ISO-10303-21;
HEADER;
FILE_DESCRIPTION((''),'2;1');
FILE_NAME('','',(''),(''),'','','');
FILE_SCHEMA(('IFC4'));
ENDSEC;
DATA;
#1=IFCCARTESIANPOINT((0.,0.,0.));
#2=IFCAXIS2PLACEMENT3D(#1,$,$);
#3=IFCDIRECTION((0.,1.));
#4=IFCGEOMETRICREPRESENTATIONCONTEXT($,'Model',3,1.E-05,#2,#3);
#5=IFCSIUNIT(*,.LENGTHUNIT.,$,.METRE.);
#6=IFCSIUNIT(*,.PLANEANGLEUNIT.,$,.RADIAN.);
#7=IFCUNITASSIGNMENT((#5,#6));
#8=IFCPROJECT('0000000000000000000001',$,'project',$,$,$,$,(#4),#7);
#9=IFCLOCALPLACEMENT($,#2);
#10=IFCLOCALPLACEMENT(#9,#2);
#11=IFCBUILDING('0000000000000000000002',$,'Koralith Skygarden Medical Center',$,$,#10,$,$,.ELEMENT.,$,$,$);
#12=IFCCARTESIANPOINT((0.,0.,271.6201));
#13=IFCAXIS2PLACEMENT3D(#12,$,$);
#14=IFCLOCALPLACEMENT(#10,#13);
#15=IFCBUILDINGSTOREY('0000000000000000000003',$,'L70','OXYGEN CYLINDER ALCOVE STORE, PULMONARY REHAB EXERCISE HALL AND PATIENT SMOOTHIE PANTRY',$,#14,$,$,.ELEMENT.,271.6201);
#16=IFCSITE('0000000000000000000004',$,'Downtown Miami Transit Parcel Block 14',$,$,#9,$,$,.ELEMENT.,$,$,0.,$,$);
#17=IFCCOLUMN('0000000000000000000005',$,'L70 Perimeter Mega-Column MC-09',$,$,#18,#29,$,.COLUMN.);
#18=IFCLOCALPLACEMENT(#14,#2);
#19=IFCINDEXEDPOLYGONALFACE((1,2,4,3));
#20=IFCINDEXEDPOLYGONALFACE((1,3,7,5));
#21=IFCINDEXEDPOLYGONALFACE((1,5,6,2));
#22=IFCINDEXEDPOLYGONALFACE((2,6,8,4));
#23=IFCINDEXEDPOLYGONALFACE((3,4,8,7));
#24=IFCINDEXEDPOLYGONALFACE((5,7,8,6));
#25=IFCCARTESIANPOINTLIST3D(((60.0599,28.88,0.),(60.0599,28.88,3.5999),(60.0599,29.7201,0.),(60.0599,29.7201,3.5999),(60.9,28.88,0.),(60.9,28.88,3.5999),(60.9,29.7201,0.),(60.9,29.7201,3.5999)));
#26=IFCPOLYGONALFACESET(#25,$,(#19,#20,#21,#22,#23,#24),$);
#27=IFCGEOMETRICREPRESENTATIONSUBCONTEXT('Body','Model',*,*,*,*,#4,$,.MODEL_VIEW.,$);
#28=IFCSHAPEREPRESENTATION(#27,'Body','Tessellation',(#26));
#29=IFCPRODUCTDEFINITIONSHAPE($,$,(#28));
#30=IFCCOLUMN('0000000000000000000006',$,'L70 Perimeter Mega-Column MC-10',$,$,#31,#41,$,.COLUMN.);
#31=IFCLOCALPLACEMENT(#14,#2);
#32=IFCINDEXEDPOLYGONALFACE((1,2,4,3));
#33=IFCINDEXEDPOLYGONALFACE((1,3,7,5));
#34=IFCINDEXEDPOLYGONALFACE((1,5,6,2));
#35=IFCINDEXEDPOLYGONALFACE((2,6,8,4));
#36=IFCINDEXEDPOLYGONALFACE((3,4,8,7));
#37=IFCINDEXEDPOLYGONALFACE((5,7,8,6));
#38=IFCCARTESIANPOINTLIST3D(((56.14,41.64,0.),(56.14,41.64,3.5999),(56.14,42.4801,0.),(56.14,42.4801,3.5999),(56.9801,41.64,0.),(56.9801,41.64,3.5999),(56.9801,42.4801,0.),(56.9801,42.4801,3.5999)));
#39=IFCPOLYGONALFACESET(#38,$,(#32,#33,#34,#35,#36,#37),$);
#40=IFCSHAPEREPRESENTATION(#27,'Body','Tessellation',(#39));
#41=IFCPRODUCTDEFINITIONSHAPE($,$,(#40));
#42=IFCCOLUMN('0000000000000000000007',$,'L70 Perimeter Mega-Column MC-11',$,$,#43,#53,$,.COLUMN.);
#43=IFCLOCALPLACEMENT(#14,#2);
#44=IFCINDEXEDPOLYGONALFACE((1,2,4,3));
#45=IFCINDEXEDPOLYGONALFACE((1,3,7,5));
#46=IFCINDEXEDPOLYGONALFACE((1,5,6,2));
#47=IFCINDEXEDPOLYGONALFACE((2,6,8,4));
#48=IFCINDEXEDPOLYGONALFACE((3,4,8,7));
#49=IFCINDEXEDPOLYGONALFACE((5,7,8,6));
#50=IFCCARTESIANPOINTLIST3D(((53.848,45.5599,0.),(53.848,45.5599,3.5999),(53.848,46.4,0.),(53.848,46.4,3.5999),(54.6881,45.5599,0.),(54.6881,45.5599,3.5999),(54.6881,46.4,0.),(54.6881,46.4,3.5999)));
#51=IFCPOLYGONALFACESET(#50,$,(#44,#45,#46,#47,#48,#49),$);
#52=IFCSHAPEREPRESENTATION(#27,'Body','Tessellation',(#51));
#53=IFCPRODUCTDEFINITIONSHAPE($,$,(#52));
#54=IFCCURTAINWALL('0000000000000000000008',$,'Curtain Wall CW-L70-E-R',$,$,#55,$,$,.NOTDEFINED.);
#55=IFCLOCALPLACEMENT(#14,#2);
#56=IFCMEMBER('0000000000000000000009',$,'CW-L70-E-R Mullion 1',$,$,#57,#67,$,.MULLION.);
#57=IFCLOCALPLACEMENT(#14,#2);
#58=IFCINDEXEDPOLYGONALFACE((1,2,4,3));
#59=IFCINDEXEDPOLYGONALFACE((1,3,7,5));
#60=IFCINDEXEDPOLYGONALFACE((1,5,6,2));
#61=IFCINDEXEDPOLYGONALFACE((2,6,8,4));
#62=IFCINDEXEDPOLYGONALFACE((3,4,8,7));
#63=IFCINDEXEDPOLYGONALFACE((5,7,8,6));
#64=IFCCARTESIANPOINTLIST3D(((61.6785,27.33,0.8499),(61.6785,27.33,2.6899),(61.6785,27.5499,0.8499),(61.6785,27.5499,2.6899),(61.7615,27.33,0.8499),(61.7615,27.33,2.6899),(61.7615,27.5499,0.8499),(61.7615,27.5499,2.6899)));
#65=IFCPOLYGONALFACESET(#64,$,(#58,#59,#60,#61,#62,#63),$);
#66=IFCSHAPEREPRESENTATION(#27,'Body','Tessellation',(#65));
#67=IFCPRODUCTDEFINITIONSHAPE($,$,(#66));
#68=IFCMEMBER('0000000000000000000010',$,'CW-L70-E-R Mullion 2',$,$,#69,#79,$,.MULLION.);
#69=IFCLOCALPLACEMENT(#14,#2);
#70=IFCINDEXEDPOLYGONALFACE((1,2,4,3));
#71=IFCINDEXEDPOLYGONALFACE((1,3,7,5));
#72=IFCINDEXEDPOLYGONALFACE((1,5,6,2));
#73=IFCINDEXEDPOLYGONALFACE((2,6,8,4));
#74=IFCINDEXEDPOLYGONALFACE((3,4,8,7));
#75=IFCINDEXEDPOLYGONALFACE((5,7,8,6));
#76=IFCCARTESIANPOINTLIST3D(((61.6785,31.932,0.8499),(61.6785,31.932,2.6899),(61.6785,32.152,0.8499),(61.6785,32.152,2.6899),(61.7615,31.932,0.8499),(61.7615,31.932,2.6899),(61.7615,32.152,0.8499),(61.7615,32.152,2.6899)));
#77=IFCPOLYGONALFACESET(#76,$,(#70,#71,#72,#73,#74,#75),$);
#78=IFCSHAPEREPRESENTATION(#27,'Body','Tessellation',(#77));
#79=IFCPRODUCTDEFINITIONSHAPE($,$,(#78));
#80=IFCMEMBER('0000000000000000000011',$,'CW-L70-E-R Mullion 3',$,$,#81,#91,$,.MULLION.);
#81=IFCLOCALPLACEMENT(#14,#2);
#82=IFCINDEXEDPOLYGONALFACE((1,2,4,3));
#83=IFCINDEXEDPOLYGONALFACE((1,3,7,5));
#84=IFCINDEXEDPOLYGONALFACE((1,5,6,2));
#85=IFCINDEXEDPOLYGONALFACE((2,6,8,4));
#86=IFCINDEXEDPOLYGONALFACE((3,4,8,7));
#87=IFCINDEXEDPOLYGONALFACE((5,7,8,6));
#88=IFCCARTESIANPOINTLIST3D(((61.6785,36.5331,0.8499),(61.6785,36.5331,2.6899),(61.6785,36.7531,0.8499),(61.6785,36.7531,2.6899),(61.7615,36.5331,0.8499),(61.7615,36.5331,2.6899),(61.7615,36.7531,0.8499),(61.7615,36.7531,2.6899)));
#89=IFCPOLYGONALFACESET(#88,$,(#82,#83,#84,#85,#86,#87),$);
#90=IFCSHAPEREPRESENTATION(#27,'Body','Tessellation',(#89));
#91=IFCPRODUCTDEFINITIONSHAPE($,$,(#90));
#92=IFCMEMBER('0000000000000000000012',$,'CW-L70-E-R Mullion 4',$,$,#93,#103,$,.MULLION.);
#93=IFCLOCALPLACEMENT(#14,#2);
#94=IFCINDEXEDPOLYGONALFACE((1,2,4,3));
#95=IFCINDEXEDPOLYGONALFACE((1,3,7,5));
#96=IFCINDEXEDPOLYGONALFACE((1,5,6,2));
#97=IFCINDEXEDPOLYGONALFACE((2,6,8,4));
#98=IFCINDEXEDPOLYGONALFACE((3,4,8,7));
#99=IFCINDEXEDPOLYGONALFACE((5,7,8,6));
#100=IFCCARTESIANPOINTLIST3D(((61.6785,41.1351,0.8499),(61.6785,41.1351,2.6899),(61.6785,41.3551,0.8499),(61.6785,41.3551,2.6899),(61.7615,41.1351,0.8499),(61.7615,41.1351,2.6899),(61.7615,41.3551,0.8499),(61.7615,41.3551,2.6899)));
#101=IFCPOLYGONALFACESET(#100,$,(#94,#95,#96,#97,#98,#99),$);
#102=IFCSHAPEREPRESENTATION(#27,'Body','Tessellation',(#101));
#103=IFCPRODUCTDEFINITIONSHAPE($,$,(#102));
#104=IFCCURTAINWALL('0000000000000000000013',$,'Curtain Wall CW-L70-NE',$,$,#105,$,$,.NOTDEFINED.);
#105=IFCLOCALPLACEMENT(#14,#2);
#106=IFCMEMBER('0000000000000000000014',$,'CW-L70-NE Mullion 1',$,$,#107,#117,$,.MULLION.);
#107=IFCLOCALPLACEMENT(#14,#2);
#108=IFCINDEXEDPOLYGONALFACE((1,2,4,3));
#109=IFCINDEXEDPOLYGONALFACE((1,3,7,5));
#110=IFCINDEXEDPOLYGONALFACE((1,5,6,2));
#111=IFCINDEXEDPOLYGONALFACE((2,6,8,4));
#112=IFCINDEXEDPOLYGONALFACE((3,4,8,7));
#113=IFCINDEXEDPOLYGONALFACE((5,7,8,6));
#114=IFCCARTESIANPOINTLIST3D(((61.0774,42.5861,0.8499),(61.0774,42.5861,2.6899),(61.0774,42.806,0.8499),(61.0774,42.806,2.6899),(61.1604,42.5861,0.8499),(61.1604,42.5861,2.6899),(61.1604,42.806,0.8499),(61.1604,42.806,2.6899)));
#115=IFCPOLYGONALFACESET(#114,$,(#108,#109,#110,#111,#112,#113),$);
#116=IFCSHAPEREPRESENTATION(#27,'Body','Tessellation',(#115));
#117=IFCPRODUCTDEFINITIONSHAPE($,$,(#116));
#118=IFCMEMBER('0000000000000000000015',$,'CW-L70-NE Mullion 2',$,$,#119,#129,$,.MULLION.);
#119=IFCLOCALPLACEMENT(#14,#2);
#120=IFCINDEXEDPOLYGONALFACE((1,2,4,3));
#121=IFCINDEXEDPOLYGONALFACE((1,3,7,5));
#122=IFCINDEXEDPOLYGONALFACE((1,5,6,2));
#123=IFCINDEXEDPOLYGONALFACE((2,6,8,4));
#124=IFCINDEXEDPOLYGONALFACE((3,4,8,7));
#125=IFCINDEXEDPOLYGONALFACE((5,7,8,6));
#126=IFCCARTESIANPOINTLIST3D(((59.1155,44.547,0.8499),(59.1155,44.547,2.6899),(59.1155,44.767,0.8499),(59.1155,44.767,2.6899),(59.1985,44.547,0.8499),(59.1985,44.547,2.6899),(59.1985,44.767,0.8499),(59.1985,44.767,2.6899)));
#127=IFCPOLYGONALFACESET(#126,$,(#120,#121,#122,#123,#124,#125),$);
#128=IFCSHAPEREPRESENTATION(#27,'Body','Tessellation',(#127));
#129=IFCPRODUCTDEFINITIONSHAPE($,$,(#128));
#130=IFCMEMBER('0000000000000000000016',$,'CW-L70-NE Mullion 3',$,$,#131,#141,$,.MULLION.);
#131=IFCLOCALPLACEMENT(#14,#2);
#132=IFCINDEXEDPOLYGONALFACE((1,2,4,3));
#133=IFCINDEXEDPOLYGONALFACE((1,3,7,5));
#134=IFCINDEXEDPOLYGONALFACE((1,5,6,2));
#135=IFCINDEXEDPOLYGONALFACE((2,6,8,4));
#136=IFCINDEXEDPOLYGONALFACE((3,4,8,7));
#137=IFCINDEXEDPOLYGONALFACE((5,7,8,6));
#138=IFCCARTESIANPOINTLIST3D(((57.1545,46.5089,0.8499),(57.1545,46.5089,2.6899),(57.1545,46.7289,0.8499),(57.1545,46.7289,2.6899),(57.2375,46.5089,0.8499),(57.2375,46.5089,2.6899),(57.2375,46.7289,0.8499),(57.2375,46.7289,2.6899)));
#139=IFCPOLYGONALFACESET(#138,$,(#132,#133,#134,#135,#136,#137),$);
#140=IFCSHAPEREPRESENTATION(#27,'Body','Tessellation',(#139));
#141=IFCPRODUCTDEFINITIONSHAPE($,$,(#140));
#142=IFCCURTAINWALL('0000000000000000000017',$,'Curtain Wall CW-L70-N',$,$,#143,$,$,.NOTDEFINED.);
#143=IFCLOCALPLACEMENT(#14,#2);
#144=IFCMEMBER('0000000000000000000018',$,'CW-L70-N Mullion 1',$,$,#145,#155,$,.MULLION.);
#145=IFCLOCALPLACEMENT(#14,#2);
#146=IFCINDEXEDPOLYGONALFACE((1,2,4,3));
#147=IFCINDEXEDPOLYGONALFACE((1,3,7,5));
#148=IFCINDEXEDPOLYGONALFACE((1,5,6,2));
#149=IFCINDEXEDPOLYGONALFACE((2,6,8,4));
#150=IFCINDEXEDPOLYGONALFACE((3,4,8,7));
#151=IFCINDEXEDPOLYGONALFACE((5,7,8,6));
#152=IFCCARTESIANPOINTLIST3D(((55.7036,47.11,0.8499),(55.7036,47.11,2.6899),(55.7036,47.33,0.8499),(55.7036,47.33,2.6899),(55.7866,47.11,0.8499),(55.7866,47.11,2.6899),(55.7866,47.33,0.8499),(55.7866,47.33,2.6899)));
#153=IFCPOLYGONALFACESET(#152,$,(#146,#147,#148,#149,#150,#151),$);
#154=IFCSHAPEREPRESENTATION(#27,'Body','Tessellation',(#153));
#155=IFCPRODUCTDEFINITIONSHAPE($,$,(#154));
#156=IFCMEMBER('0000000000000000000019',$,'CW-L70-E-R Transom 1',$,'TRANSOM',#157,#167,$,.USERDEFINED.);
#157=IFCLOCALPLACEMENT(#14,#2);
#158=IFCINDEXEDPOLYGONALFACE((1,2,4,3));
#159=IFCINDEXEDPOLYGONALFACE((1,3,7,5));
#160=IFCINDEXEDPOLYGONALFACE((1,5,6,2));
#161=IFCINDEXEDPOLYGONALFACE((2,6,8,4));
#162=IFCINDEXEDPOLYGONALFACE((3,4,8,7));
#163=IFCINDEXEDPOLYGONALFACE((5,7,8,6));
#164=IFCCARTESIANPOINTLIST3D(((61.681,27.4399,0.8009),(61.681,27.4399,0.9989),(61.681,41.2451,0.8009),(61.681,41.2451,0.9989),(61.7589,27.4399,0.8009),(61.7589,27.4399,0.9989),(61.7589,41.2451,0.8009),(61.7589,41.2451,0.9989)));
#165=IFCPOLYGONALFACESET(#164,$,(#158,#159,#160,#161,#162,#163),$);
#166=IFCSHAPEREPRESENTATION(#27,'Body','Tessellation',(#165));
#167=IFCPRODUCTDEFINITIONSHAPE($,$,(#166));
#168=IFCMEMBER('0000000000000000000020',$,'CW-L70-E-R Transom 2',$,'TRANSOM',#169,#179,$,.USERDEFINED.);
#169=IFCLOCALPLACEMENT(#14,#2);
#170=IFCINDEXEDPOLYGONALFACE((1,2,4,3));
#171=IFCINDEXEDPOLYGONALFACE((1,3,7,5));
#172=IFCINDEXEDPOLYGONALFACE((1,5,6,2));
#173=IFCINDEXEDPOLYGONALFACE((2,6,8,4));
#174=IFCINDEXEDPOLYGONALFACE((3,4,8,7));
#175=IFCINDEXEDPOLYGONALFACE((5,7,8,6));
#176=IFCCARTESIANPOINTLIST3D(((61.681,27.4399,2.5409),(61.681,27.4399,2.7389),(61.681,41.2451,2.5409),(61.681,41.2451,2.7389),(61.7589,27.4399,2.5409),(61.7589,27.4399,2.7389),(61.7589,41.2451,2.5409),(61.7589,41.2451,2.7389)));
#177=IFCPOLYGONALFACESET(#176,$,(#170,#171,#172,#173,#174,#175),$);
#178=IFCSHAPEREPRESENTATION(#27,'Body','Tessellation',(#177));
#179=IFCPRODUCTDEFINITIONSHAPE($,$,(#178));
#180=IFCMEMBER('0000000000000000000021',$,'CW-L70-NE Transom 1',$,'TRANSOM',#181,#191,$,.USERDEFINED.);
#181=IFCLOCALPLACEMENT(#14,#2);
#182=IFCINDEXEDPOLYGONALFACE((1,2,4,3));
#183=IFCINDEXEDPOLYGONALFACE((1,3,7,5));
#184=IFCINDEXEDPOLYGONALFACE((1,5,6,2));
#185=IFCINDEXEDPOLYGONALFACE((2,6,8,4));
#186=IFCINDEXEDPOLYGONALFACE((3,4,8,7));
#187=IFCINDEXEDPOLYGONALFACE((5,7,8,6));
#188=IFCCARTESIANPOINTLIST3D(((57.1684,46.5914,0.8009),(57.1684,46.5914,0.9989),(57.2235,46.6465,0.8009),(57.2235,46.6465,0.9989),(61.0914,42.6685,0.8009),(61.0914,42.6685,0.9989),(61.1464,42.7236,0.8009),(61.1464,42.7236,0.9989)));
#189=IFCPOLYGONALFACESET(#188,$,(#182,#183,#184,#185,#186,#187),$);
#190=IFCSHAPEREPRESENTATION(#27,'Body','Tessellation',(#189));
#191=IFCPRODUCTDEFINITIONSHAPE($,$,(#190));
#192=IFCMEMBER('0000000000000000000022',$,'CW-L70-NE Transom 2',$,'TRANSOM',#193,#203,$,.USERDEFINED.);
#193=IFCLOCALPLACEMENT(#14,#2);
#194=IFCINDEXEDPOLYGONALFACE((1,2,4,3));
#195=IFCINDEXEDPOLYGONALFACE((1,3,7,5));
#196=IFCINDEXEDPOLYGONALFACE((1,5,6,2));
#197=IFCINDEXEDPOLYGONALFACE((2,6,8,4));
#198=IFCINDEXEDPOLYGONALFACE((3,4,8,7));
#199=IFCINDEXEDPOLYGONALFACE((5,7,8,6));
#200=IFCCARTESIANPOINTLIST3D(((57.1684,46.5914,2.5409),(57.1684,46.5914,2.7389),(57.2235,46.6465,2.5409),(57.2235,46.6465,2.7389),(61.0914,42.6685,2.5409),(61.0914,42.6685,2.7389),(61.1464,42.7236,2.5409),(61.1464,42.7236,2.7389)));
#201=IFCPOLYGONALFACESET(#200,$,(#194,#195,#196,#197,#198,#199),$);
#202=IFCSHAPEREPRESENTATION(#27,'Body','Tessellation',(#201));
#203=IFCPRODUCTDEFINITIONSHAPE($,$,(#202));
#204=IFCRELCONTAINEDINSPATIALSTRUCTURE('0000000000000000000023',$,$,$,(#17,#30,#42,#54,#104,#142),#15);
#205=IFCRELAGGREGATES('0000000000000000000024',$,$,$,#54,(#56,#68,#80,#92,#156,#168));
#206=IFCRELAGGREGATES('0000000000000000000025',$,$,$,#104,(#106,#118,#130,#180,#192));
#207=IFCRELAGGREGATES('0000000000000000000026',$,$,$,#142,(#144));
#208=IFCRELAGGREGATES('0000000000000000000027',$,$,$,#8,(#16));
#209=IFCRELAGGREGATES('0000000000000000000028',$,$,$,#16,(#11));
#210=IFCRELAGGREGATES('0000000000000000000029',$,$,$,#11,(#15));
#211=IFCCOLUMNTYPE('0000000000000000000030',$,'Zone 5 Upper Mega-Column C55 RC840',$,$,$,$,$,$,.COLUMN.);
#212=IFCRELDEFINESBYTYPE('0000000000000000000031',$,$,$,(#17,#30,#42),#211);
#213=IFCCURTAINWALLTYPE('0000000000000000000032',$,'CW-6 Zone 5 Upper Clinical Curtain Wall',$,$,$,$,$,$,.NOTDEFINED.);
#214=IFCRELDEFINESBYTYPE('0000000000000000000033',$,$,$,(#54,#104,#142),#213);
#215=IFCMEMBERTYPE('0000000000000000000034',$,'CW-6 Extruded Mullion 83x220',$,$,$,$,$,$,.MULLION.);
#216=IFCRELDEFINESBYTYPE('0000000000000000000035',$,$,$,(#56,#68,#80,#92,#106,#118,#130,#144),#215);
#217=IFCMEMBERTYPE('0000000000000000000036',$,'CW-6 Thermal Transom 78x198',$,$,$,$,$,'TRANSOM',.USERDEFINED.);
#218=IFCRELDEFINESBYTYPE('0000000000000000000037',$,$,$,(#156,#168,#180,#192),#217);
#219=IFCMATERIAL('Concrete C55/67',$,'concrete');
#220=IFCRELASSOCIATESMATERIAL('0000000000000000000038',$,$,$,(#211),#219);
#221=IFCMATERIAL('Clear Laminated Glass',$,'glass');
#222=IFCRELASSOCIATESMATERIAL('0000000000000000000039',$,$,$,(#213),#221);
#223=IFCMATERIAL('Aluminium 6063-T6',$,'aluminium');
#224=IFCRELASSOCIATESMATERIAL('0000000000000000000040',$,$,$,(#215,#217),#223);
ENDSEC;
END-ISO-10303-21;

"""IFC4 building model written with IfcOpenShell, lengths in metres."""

from ifc_helpers import new_model, si_unit, direction, frame, origin, origin_2d, place, context, subcontext, project, spatial, rectangle, extrude, material, material_profile, profile_set, type_object, element, aggregate, save


model = new_model("IFC4")

# Units and contexts
model_context = context("Model", 3, precision=1e-05, world=origin(), true_north=direction((0.0, 1.0)))
body_context = subcontext(model_context, "Body", "Model", "MODEL_VIEW")
ifc_project = project(units=[si_unit("LENGTHUNIT", "METRE"), si_unit("PLANEANGLEUNIT", "RADIAN")], contexts=[model_context])

# Site, building, storey
site_placement = place(None, origin())
site = spatial("IfcSite", under=ifc_project, at=site_placement, Name="Downtown Miami Transit Parcel Block 14", CompositionType="ELEMENT", RefElevation=0.0)
building_placement = place(site_placement, origin())
building = spatial("IfcBuilding", under=site, at=building_placement, Name="Koralith Skygarden Medical Center", CompositionType="ELEMENT")
storey_placement = place(building_placement, frame((0.0, 0.0, 271.6201)))
storey = spatial("IfcBuildingStorey", under=building, at=storey_placement, Name="L70", Description="OXYGEN CYLINDER ALCOVE STORE, PULMONARY REHAB EXERCISE HALL AND PATIENT SMOOTHIE PANTRY", CompositionType="ELEMENT", Elevation=271.6201)

# Columns
ifc_material_1 = material(Name="Concrete C55/67", Category="concrete")
ifc_material_profile_1 = material_profile(ifc_material_1, rectangle(XDim=0.8401, YDim=0.8401, at=origin_2d()), Name="RC840X840")
ifc_profile_set_1 = profile_set([ifc_material_profile_1], Name="Concrete C55/67")
column_type = type_object("IfcColumnType", Name="Zone 5 Upper Mega-Column C55 RC840", PredefinedType="COLUMN", material=ifc_profile_set_1)
for number, where, z_axis, x_axis, name in (
    (1, (60.48, 29.3, 0.0), (0.0, 0.0, 1.0), (1.0, 0.0, 0.0), "L70 Perimeter Mega-Column MC-09"),
    (2, (56.5601, 42.0601, 0.0), (0.0, 0.0, 1.0), (1.0, 0.0, 0.0), "L70 Perimeter Mega-Column MC-10"),
    (3, (54.2681, 45.98, 0.0), (0.0, 0.0, 1.0), (1.0, 0.0, 0.0), "L70 Perimeter Mega-Column MC-11"),
):
    element("IfcColumn", number, at=place(storey_placement, frame(where, z_axis=z_axis, x_axis=x_axis)), inside=storey, type_object=column_type, Name=name, PredefinedType="COLUMN", context=body_context, shape_type="SweptSolid", body=[
        extrude(rectangle(XDim=0.8401, YDim=0.8401, at=origin_2d()), origin(), (0.0, 0.0, 1.0), 3.5999),
    ])

# Curtain walls, members
ifc_material_2 = material(Name="Clear Laminated Glass", Category="glass")
curtain_wall_type = type_object("IfcCurtainWallType", Name="CW-6 Zone 5 Upper Clinical Curtain Wall", PredefinedType="NOTDEFINED", material=ifc_material_2)
curtain_wall_1_placement = place(storey_placement, origin())
curtain_wall_1 = element("IfcCurtainWall", 4, at=curtain_wall_1_placement, inside=storey, type_object=curtain_wall_type, Name="Curtain Wall CW-L70-E-R", PredefinedType="NOTDEFINED")
ifc_material_3 = material(Name="Aluminium 6063-T6", Category="aluminium")
ifc_material_profile_2 = material_profile(ifc_material_3, rectangle(XDim=0.083, YDim=0.22, at=origin_2d()), Name="MUL83X220")
ifc_profile_set_2 = profile_set([ifc_material_profile_2], Name="Aluminium 6063-T6")
member_type_1 = type_object("IfcMemberType", Name="CW-6 Extruded Mullion 83x220", PredefinedType="MULLION", material=ifc_profile_set_2)
member_1_placement = place(storey_placement, frame((61.72, 27.4399, 0.8499), z_axis=(0.0, 0.0, 1.0), x_axis=(1.0, 0.0, 0.0)))
member_1 = element("IfcMember", 5, at=member_1_placement, type_object=member_type_1, Name="CW-L70-E-R Mullion 1", PredefinedType="MULLION", context=body_context, shape_type="SweptSolid", body=[
    extrude(rectangle(XDim=0.083, YDim=0.22, at=origin_2d()), origin(), (0.0, 0.0, 1.0), 1.8401),
])
member_2_placement = place(storey_placement, frame((61.72, 32.042, 0.8499), z_axis=(0.0, 0.0, 1.0), x_axis=(1.0, 0.0, 0.0)))
member_2 = element("IfcMember", 6, at=member_2_placement, type_object=member_type_1, Name="CW-L70-E-R Mullion 2", PredefinedType="MULLION", context=body_context, shape_type="SweptSolid", body=[
    extrude(rectangle(XDim=0.083, YDim=0.22, at=origin_2d()), origin(), (0.0, 0.0, 1.0), 1.8401),
])
member_3_placement = place(storey_placement, frame((61.72, 36.6431, 0.8499), z_axis=(0.0, 0.0, 1.0), x_axis=(1.0, 0.0, 0.0)))
member_3 = element("IfcMember", 7, at=member_3_placement, type_object=member_type_1, Name="CW-L70-E-R Mullion 3", PredefinedType="MULLION", context=body_context, shape_type="SweptSolid", body=[
    extrude(rectangle(XDim=0.083, YDim=0.22, at=origin_2d()), origin(), (0.0, 0.0, 1.0), 1.8401),
])
member_4_placement = place(storey_placement, frame((61.72, 41.2451, 0.8499), z_axis=(0.0, 0.0, 1.0), x_axis=(1.0, 0.0, 0.0)))
member_4 = element("IfcMember", 8, at=member_4_placement, type_object=member_type_1, Name="CW-L70-E-R Mullion 4", PredefinedType="MULLION", context=body_context, shape_type="SweptSolid", body=[
    extrude(rectangle(XDim=0.083, YDim=0.22, at=origin_2d()), origin(), (0.0, 0.0, 1.0), 1.8401),
])
curtain_wall_2_placement = place(storey_placement, origin())
curtain_wall_2 = element("IfcCurtainWall", 9, at=curtain_wall_2_placement, inside=storey, type_object=curtain_wall_type, Name="Curtain Wall CW-L70-NE", PredefinedType="NOTDEFINED")
member_5_placement = place(storey_placement, frame((61.1189, 42.696, 0.8499), z_axis=(0.0, 0.0, 1.0), x_axis=(1.0, 0.0, 0.0)))
member_5 = element("IfcMember", 10, at=member_5_placement, type_object=member_type_1, Name="CW-L70-NE Mullion 1", PredefinedType="MULLION", context=body_context, shape_type="SweptSolid", body=[
    extrude(rectangle(XDim=0.083, YDim=0.22, at=origin_2d()), origin(), (0.0, 0.0, 1.0), 1.8401),
])
member_6_placement = place(storey_placement, frame((59.157, 44.657, 0.8499), z_axis=(0.0, 0.0, 1.0), x_axis=(1.0, 0.0, 0.0)))
member_6 = element("IfcMember", 11, at=member_6_placement, type_object=member_type_1, Name="CW-L70-NE Mullion 2", PredefinedType="MULLION", context=body_context, shape_type="SweptSolid", body=[
    extrude(rectangle(XDim=0.083, YDim=0.22, at=origin_2d()), origin(), (0.0, 0.0, 1.0), 1.8401),
])
member_7_placement = place(storey_placement, frame((57.196, 46.6189, 0.8499), z_axis=(0.0, 0.0, 1.0), x_axis=(1.0, 0.0, 0.0)))
member_7 = element("IfcMember", 12, at=member_7_placement, type_object=member_type_1, Name="CW-L70-NE Mullion 3", PredefinedType="MULLION", context=body_context, shape_type="SweptSolid", body=[
    extrude(rectangle(XDim=0.083, YDim=0.22, at=origin_2d()), origin(), (0.0, 0.0, 1.0), 1.8401),
])

# Curtain wall, member
curtain_wall_3_placement = place(storey_placement, origin())
curtain_wall_3 = element("IfcCurtainWall", 13, at=curtain_wall_3_placement, inside=storey, type_object=curtain_wall_type, Name="Curtain Wall CW-L70-N", PredefinedType="NOTDEFINED")
member_8_placement = place(storey_placement, frame((55.7451, 47.22, 0.8499), z_axis=(0.0, 0.0, 1.0), x_axis=(1.0, 0.0, 0.0)))
member_8 = element("IfcMember", 14, at=member_8_placement, type_object=member_type_1, Name="CW-L70-N Mullion 1", PredefinedType="MULLION", context=body_context, shape_type="SweptSolid", body=[
    extrude(rectangle(XDim=0.083, YDim=0.22, at=origin_2d()), origin(), (0.0, 0.0, 1.0), 1.8401),
])

# Members
ifc_material_profile_3 = material_profile(ifc_material_3, rectangle(XDim=0.0779, YDim=0.198, at=origin_2d()), Name="TRN78X198")
ifc_profile_set_3 = profile_set([ifc_material_profile_3], Name="Aluminium 6063-T6")
member_type_2 = type_object("IfcMemberType", Name="CW-6 Thermal Transom 78x198", ElementType="TRANSOM", PredefinedType="USERDEFINED", material=ifc_profile_set_3)
member_9_placement = place(storey_placement, frame((61.72, 27.4399, 0.8999), z_axis=(0.0, 1.0, 0.0), x_axis=(-1.0, 0.0, 0.0)))
member_9 = element("IfcMember", 15, at=member_9_placement, type_object=member_type_2, Name="CW-L70-E-R Transom 1", ObjectType="TRANSOM", PredefinedType="USERDEFINED", context=body_context, shape_type="SweptSolid", body=[
    extrude(rectangle(XDim=0.0779, YDim=0.198, at=origin_2d()), origin(), (0.0, 0.0, 1.0), 13.8052),
])
member_10_placement = place(storey_placement, frame((61.72, 27.4399, 2.6399), z_axis=(0.0, 1.0, 0.0), x_axis=(-1.0, 0.0, 0.0)))
member_10 = element("IfcMember", 16, at=member_10_placement, type_object=member_type_2, Name="CW-L70-E-R Transom 2", ObjectType="TRANSOM", PredefinedType="USERDEFINED", context=body_context, shape_type="SweptSolid", body=[
    extrude(rectangle(XDim=0.0779, YDim=0.198, at=origin_2d()), origin(), (0.0, 0.0, 1.0), 13.8052),
])
member_11_placement = place(storey_placement, frame((61.1189, 42.696, 0.8999), z_axis=(-0.707107, 0.707107, 0.0), x_axis=(-0.707107, -0.707107, 0.0)))
member_11 = element("IfcMember", 17, at=member_11_placement, type_object=member_type_2, Name="CW-L70-NE Transom 1", ObjectType="TRANSOM", PredefinedType="USERDEFINED", context=body_context, shape_type="SweptSolid", body=[
    extrude(rectangle(XDim=0.0779, YDim=0.198, at=origin_2d()), origin(), (0.0, 0.0, 1.0), 5.5479),
])
member_12_placement = place(storey_placement, frame((61.1189, 42.696, 2.6399), z_axis=(-0.707107, 0.707107, 0.0), x_axis=(-0.707107, -0.707107, 0.0)))
member_12 = element("IfcMember", 18, at=member_12_placement, type_object=member_type_2, Name="CW-L70-NE Transom 2", ObjectType="TRANSOM", PredefinedType="USERDEFINED", context=body_context, shape_type="SweptSolid", body=[
    extrude(rectangle(XDim=0.0779, YDim=0.198, at=origin_2d()), origin(), (0.0, 0.0, 1.0), 5.5479),
])

aggregate(curtain_wall_1, [member_1, member_2, member_3, member_4, member_9, member_10])
aggregate(curtain_wall_2, [member_5, member_6, member_7, member_11, member_12])
aggregate(curtain_wall_3, [member_8])

save(model, "model.ifc")
